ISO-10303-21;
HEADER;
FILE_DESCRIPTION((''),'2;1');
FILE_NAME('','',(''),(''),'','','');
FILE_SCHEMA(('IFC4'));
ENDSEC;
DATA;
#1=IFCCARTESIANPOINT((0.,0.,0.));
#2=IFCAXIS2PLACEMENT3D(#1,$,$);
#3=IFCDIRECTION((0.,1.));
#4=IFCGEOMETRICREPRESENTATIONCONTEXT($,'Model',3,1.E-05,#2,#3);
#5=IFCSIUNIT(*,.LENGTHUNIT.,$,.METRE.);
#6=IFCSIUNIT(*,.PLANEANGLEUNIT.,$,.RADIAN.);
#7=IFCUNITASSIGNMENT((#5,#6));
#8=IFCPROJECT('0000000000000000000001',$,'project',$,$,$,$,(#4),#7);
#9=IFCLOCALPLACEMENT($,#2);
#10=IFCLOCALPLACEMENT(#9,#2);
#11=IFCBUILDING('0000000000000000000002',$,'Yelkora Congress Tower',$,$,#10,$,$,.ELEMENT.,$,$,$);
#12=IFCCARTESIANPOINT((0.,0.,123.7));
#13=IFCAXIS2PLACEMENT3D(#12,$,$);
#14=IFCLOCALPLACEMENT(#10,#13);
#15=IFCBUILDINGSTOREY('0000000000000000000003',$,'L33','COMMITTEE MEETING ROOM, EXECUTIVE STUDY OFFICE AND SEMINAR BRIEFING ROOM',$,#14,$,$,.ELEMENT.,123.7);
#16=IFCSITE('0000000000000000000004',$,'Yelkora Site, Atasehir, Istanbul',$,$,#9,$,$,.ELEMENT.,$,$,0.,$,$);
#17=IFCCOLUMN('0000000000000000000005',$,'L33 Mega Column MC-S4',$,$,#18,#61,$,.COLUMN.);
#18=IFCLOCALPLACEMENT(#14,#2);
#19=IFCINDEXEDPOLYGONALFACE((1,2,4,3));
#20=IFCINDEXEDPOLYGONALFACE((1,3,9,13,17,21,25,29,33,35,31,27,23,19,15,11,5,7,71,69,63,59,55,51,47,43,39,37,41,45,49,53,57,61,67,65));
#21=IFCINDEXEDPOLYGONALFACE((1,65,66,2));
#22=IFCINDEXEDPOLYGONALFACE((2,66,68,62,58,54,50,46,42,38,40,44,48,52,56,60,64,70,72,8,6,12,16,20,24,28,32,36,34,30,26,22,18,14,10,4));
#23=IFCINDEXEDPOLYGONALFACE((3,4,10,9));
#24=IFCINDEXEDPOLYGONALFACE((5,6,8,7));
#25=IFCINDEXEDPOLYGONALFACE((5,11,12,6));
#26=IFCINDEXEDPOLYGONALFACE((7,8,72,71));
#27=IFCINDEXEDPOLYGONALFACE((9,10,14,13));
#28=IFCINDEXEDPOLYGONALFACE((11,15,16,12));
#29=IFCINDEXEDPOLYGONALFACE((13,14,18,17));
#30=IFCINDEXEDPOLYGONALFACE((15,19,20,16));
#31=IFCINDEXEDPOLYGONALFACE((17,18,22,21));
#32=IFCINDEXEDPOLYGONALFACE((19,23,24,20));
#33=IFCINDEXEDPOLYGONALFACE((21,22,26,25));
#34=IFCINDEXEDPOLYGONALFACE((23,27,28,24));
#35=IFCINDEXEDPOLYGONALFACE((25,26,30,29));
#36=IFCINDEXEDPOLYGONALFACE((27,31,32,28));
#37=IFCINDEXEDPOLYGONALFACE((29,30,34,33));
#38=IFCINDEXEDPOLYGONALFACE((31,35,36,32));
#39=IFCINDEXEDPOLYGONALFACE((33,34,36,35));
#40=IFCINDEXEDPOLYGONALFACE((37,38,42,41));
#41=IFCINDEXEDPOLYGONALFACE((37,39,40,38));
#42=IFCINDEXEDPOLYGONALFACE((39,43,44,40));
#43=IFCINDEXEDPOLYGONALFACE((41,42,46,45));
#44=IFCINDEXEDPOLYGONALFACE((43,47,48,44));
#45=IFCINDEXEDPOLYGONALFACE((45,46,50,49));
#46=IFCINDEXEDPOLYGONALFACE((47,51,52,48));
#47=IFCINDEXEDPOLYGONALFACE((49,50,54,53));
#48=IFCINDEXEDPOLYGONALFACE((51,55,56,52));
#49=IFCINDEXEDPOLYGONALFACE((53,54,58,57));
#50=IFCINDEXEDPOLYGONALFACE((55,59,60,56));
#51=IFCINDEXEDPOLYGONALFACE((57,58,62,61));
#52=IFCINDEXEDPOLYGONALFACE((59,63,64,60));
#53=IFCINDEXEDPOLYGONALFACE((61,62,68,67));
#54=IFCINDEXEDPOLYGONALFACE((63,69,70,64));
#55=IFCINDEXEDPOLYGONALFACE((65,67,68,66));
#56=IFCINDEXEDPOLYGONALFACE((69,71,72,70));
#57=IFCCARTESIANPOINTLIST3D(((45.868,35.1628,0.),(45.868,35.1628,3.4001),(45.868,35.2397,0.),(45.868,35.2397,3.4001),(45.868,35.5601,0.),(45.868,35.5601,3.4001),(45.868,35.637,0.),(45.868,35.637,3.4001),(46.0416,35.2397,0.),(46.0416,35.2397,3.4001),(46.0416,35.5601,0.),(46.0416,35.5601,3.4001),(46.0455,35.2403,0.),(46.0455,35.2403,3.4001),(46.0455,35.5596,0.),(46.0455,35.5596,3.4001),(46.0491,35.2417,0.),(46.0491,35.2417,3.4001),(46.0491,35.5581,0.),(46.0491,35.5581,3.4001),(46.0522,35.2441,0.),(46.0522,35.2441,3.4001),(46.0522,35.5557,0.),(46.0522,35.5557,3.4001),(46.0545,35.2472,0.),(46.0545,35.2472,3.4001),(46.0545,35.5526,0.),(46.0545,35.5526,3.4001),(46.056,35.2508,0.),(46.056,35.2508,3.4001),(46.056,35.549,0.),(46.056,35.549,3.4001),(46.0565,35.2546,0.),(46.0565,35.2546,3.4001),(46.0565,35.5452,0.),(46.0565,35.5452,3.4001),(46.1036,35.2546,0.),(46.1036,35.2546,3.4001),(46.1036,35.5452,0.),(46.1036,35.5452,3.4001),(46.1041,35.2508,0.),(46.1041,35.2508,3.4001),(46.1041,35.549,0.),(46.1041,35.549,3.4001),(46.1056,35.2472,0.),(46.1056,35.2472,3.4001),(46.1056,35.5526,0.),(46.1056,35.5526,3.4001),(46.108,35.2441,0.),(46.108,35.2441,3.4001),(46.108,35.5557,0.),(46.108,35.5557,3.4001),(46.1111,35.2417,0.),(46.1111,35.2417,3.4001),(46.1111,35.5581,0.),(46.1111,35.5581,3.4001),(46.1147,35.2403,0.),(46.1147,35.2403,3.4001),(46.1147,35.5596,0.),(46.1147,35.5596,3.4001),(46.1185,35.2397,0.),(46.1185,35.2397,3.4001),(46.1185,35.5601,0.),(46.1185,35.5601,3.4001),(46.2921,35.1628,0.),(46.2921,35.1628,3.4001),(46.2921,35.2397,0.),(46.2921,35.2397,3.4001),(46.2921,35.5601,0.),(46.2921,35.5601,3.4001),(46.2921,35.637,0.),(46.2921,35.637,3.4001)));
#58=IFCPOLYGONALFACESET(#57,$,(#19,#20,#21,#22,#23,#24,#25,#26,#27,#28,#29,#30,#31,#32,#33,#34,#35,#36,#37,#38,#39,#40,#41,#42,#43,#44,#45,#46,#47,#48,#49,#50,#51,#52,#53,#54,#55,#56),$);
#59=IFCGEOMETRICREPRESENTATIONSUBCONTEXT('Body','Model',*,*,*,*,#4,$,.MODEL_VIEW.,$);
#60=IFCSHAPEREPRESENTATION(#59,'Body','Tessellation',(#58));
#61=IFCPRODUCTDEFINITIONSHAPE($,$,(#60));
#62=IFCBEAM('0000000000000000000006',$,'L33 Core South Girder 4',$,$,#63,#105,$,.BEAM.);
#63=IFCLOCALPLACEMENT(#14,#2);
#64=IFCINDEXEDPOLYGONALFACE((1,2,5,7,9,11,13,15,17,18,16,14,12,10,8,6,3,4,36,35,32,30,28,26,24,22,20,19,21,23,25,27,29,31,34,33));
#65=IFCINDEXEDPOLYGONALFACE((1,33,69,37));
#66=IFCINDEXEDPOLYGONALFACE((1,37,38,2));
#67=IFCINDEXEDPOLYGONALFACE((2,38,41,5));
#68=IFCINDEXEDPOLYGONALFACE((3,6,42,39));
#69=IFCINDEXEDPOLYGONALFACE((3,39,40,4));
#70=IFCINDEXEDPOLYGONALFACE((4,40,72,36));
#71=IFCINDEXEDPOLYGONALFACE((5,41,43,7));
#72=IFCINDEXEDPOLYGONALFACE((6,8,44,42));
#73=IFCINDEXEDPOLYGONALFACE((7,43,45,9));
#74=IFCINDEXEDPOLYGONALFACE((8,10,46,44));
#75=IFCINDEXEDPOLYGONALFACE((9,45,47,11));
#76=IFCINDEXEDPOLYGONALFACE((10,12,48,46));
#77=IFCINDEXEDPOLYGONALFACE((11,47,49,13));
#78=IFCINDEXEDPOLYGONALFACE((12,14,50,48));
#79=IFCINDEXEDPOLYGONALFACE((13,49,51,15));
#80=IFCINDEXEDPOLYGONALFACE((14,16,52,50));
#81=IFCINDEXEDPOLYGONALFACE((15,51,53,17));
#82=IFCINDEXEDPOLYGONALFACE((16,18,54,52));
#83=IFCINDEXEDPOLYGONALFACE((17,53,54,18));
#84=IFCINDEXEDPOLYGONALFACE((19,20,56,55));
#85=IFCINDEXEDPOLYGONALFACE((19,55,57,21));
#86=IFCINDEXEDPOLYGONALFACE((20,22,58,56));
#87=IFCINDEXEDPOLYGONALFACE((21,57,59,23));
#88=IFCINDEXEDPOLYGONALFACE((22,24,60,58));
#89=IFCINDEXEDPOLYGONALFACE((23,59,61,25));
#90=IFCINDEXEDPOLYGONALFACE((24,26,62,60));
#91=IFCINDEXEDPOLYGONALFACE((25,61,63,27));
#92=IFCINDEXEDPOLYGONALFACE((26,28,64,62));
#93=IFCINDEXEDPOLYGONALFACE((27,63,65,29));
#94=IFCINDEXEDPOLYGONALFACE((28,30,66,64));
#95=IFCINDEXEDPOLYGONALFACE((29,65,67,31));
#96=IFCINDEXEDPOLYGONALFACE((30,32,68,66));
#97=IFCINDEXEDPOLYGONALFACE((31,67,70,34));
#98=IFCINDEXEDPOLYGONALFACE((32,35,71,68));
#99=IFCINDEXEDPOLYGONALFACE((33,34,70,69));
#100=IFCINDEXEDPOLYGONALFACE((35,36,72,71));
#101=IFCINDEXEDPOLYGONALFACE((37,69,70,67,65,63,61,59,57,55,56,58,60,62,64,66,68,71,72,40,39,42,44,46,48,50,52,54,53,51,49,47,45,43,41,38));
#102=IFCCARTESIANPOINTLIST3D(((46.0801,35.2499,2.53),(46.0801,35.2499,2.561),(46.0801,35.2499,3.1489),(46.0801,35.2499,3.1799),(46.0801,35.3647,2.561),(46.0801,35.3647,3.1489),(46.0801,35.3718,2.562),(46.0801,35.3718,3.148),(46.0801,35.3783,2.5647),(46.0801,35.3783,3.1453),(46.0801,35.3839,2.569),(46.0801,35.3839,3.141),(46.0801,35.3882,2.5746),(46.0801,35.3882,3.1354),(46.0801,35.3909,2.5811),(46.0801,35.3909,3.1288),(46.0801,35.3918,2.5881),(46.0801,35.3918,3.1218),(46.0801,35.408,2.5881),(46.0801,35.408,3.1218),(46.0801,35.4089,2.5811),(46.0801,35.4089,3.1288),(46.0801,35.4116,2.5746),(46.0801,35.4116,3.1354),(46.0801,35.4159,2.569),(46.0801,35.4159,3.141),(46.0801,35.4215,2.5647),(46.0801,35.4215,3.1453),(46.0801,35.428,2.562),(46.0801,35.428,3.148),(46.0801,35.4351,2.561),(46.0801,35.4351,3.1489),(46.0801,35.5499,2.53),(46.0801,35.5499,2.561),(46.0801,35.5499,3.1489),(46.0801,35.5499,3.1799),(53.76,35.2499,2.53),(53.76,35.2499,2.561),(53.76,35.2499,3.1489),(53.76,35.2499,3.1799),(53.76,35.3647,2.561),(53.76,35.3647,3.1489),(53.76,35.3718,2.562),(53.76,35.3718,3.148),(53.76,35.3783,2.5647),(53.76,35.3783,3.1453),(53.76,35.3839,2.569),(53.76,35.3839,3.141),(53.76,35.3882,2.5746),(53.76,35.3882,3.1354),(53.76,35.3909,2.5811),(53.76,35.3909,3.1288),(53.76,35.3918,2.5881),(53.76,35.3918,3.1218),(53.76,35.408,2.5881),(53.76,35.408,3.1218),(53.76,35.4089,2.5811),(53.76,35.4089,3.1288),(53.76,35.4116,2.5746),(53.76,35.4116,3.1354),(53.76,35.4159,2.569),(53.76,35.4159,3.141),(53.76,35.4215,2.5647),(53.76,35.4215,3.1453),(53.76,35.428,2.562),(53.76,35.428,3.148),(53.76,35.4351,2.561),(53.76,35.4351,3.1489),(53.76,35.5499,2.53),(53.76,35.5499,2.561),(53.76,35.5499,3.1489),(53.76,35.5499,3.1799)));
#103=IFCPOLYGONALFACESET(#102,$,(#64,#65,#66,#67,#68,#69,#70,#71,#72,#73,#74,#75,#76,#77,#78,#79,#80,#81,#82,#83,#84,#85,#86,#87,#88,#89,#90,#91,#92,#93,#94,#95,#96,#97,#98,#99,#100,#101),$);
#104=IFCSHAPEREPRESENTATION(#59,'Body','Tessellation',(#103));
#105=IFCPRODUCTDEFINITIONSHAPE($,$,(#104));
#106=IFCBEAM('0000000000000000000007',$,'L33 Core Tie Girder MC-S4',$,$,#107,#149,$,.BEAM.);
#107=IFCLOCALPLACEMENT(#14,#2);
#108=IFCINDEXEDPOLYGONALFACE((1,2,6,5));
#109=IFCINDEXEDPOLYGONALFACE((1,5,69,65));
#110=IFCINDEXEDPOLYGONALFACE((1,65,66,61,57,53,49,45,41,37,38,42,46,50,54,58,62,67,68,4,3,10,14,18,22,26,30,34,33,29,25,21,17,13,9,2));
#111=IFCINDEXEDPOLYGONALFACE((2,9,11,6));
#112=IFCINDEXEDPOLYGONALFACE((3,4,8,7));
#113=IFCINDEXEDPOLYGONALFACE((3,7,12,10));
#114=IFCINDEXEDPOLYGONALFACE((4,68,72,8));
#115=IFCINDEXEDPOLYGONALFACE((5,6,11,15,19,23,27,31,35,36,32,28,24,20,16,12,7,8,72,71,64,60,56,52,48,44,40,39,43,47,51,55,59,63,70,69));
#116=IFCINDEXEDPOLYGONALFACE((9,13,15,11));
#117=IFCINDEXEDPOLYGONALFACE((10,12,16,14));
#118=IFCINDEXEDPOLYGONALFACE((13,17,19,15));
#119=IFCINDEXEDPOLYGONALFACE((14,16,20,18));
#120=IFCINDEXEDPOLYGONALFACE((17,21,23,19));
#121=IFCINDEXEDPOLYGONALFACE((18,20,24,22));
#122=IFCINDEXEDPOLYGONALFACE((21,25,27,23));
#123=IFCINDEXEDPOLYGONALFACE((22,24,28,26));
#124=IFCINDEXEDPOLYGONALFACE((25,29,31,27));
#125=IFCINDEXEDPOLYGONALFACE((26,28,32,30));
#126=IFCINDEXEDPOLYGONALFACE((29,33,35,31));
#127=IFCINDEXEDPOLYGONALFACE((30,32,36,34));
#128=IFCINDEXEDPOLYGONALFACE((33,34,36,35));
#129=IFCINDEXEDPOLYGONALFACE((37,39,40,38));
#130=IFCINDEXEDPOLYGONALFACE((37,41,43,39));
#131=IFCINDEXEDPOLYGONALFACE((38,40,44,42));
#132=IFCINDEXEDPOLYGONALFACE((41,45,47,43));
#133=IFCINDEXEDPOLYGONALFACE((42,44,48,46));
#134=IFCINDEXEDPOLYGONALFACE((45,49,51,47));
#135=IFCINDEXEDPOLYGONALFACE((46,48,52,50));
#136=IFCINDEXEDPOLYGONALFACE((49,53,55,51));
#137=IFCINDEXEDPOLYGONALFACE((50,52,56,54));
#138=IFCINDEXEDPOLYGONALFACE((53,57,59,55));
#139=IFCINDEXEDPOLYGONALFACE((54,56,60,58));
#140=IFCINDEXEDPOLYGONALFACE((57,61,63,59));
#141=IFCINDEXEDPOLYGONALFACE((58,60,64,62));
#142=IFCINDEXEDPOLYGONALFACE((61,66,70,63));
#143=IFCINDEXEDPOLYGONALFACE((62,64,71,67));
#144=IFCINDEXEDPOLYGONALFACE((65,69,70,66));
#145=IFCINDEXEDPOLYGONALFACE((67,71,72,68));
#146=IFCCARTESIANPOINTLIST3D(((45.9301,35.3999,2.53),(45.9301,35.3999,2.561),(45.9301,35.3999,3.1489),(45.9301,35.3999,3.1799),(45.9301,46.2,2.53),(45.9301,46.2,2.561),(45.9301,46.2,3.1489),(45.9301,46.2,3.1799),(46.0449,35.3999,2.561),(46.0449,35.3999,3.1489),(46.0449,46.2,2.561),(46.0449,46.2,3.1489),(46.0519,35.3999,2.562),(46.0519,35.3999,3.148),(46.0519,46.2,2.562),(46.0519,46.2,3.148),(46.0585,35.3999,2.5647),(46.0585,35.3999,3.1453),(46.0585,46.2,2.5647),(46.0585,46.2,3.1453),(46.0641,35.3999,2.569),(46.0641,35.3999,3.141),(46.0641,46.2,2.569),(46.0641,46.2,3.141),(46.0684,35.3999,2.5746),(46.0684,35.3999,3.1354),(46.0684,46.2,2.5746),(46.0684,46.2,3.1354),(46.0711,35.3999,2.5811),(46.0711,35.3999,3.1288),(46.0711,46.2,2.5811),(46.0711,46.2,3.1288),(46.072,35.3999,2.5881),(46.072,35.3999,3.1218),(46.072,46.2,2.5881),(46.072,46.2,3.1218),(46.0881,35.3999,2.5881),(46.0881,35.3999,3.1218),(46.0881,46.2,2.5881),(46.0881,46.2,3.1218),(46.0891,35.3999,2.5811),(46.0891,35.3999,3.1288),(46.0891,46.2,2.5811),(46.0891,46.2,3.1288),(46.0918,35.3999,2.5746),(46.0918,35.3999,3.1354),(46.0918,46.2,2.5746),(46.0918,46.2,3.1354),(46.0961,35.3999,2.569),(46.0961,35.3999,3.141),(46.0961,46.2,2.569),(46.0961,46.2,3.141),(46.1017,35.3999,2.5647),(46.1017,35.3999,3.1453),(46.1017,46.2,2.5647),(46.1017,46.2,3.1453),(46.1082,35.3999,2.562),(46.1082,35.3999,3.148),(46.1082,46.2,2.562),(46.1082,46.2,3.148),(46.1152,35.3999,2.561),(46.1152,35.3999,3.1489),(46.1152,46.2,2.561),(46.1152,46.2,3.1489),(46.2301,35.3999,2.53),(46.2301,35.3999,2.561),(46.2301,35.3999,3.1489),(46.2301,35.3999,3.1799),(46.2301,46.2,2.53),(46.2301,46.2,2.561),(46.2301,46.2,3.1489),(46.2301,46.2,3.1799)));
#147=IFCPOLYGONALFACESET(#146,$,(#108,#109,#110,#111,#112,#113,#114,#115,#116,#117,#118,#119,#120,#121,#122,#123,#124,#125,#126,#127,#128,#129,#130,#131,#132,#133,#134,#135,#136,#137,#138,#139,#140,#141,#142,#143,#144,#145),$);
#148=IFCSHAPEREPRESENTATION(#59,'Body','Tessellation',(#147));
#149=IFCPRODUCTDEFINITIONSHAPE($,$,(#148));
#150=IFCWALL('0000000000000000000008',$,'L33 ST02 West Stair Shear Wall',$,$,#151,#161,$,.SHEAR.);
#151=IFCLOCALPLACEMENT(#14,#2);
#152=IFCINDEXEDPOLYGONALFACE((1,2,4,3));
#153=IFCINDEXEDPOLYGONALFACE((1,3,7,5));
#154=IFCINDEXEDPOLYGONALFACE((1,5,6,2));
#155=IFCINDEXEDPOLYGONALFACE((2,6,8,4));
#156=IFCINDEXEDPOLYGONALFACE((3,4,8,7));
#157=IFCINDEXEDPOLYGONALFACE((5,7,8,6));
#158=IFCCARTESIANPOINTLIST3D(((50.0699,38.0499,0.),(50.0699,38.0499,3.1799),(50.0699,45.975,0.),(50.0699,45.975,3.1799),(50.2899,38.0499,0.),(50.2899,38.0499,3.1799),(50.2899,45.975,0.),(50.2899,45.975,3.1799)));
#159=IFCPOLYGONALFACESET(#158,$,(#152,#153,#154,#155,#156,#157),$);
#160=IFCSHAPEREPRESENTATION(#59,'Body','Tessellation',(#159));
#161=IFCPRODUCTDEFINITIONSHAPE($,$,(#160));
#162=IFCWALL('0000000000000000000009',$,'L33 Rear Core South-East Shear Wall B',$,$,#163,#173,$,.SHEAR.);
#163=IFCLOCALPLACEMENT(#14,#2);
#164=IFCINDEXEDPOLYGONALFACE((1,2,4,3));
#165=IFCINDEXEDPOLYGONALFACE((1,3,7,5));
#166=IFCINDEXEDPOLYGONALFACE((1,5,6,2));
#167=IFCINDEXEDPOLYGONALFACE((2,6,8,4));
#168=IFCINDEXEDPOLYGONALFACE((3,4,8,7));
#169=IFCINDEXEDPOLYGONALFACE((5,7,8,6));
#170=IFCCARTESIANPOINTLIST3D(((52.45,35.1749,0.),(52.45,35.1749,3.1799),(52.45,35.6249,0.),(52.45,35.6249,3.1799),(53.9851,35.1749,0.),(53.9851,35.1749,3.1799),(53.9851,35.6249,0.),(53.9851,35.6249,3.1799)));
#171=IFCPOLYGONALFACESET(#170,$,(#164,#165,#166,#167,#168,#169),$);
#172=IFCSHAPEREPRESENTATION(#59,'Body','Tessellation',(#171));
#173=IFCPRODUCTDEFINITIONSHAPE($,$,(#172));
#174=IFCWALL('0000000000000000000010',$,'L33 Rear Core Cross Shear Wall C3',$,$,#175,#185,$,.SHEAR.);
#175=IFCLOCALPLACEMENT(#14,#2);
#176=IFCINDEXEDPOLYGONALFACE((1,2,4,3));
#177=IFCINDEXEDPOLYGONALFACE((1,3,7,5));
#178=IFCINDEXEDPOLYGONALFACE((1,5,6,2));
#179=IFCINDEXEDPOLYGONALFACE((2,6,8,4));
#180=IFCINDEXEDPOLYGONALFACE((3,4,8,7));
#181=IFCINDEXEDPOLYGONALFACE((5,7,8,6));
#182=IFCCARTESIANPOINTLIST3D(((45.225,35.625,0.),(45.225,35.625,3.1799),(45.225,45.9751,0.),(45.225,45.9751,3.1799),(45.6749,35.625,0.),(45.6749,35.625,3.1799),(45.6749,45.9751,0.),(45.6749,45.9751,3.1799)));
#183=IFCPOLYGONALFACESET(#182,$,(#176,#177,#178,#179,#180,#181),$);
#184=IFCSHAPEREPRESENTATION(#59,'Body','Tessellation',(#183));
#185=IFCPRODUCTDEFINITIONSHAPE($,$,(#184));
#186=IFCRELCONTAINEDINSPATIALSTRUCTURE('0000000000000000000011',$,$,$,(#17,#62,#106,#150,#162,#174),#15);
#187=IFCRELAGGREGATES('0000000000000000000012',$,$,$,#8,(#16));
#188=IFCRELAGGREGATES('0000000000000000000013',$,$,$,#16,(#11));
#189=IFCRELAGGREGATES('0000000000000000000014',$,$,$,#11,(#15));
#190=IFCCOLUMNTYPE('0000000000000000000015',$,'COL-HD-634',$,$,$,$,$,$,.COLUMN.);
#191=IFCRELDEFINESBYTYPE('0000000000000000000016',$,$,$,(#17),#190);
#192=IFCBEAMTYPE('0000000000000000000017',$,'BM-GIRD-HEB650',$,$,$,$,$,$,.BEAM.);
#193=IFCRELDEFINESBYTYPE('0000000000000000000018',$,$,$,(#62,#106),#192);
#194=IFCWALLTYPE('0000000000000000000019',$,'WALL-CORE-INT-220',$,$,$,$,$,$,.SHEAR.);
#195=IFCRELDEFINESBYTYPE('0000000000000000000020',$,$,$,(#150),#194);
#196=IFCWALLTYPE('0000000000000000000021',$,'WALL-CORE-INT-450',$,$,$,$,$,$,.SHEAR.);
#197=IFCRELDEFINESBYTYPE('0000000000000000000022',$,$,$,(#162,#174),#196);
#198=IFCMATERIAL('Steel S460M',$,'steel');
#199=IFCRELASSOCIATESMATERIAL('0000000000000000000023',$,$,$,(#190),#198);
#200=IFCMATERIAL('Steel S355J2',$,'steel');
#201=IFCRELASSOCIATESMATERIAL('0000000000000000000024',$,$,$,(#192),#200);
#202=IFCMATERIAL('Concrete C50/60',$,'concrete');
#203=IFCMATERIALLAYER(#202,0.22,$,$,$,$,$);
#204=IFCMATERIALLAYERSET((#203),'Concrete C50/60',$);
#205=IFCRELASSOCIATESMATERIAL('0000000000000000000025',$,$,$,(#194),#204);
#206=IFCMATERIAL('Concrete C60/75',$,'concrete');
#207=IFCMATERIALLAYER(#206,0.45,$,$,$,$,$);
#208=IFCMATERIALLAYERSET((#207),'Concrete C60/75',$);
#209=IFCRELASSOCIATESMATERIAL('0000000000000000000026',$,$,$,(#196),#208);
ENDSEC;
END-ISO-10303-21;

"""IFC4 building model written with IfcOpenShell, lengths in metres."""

from ifc_helpers import new_model, si_unit, direction, frame, frame_2d, origin, origin_2d, place, context, subcontext, project, spatial, rectangle, i_section, extrude, material, layer, layer_set, material_profile, profile_set, type_object, element, save


model = new_model("IFC4")

# Units and contexts
model_context = context("Model", 3, precision=1e-05, world=origin(), true_north=direction((0.0, 1.0)))
body_context = subcontext(model_context, "Body", "Model", "MODEL_VIEW")
ifc_project = project(units=[si_unit("LENGTHUNIT", "METRE"), si_unit("PLANEANGLEUNIT", "RADIAN")], contexts=[model_context])

# Site, building, storey
site_placement = place(None, origin())
site = spatial("IfcSite", under=ifc_project, at=site_placement, Name="Yelkora Site, Atasehir, Istanbul", CompositionType="ELEMENT", RefElevation=0.0)
building_placement = place(site_placement, origin())
building = spatial("IfcBuilding", under=site, at=building_placement, Name="Yelkora Congress Tower", CompositionType="ELEMENT")
storey_placement = place(building_placement, frame((0.0, 0.0, 123.7)))
storey = spatial("IfcBuildingStorey", under=building, at=storey_placement, Name="L33", Description="COMMITTEE MEETING ROOM, EXECUTIVE STUDY OFFICE AND SEMINAR BRIEFING ROOM", CompositionType="ELEMENT", Elevation=123.7)

# Column
ifc_material_1 = material(Name="Steel S460M", Category="steel")
ifc_material_profile_1 = material_profile(ifc_material_1, i_section(OverallWidth=0.4241, OverallDepth=0.4741, WebThickness=0.0471, FlangeThickness=0.0769, FilletRadius=0.0149, at=origin_2d()), Name="HD 400x634")
ifc_profile_set_1 = profile_set([ifc_material_profile_1], Name="Steel S460M")
column_type = type_object("IfcColumnType", Name="COL-HD-634", PredefinedType="COLUMN", material=ifc_profile_set_1)
column_placement = place(storey_placement, frame((46.0801, 35.3999, 0.0), z_axis=(0.0, 0.0, 1.0), x_axis=(1.0, 0.0, 0.0)))
element("IfcColumn", 1, at=column_placement, inside=storey, type_object=column_type, Name="L33 Mega Column MC-S4", PredefinedType="COLUMN", context=body_context, shape_type="SweptSolid", body=[
    extrude(i_section(OverallWidth=0.4241, OverallDepth=0.4741, WebThickness=0.0471, FlangeThickness=0.0769, FilletRadius=0.0149, at=origin_2d()), origin(), (0.0, 0.0, 1.0), 3.4001),
])

# Beams
ifc_material_2 = material(Name="Steel S355J2", Category="steel")
ifc_material_profile_2 = material_profile(ifc_material_2, i_section(OverallWidth=0.3, OverallDepth=0.6499, WebThickness=0.0161, FlangeThickness=0.031, FilletRadius=0.0271, at=origin_2d()), Name="HEB 650")
ifc_profile_set_2 = profile_set([ifc_material_profile_2], Name="Steel S355J2")
beam_type = type_object("IfcBeamType", Name="BM-GIRD-HEB650", PredefinedType="BEAM", material=ifc_profile_set_2)
beam_1_placement = place(storey_placement, frame((46.0801, 35.3999, 2.855), z_axis=(1.0, 0.0, 0.0), x_axis=(0.0, 1.0, 0.0)))
element("IfcBeam", 2, at=beam_1_placement, inside=storey, type_object=beam_type, Name="L33 Core South Girder 4", PredefinedType="BEAM", context=body_context, shape_type="SweptSolid", body=[
    extrude(i_section(OverallWidth=0.3, OverallDepth=0.6499, WebThickness=0.0161, FlangeThickness=0.031, FilletRadius=0.0271, at=origin_2d()), origin(), (0.0, 0.0, 1.0), 7.6799),
])
beam_2_placement = place(storey_placement, frame((46.0801, 35.3999, 2.855), z_axis=(0.0, 1.0, 0.0), x_axis=(-1.0, 0.0, 0.0)))
element("IfcBeam", 3, at=beam_2_placement, inside=storey, type_object=beam_type, Name="L33 Core Tie Girder MC-S4", PredefinedType="BEAM", context=body_context, shape_type="SweptSolid", body=[
    extrude(i_section(OverallWidth=0.3, OverallDepth=0.6499, WebThickness=0.0161, FlangeThickness=0.031, FilletRadius=0.0271, at=origin_2d()), origin(), (0.0, 0.0, 1.0), 10.8),
])

# Wall
ifc_material_3 = material(Name="Concrete C50/60", Category="concrete")
ifc_layer_1 = layer(ifc_material_3, 0.22)
ifc_layer_set_1 = layer_set([ifc_layer_1], Name="Concrete C50/60")
wall_type_1 = type_object("IfcWallType", Name="WALL-CORE-INT-220", PredefinedType="SHEAR", material=ifc_layer_set_1)
wall_1_placement = place(storey_placement, frame((50.1799, 38.05, 0.0), z_axis=(0.0, 0.0, 1.0), x_axis=(0.0, 1.0, 0.0)))
element("IfcWall", 4, at=wall_1_placement, inside=storey, type_object=wall_type_1, Name="L33 ST02 West Stair Shear Wall", PredefinedType="SHEAR", context=body_context, shape_type="SweptSolid", body=[
    extrude(rectangle(XDim=7.925, YDim=0.22, at=frame_2d((3.9624, 0.0))), origin(), (0.0, 0.0, 1.0), 3.1799),
])

# Shared definitions
ifc_material_4 = material(Name="Concrete C60/75", Category="concrete")
ifc_layer_2 = layer(ifc_material_4, 0.45)
ifc_layer_set_2 = layer_set([ifc_layer_2], Name="Concrete C60/75")
wall_type_2 = type_object("IfcWallType", Name="WALL-CORE-INT-450", PredefinedType="SHEAR", material=ifc_layer_set_2)

# Walls
wall_2_placement = place(storey_placement, frame((52.45, 35.3999, 0.0), z_axis=(0.0, 0.0, 1.0), x_axis=(1.0, 0.0, 0.0)))
element("IfcWall", 5, at=wall_2_placement, inside=storey, type_object=wall_type_2, Name="L33 Rear Core South-East Shear Wall B", PredefinedType="SHEAR", context=body_context, shape_type="SweptSolid", body=[
    extrude(rectangle(XDim=1.5352, YDim=0.45, at=frame_2d((0.7676, 0.0))), origin(), (0.0, 0.0, 1.0), 3.1799),
])
wall_3_placement = place(storey_placement, frame((45.45, 35.625, 0.0), z_axis=(0.0, 0.0, 1.0), x_axis=(0.0, 1.0, 0.0)))
element("IfcWall", 6, at=wall_3_placement, inside=storey, type_object=wall_type_2, Name="L33 Rear Core Cross Shear Wall C3", PredefinedType="SHEAR", context=body_context, shape_type="SweptSolid", body=[
    extrude(rectangle(XDim=10.3501, YDim=0.45, at=frame_2d((5.175, 0.0))), origin(), (0.0, 0.0, 1.0), 3.1799),
])

save(model, "model.ifc")
